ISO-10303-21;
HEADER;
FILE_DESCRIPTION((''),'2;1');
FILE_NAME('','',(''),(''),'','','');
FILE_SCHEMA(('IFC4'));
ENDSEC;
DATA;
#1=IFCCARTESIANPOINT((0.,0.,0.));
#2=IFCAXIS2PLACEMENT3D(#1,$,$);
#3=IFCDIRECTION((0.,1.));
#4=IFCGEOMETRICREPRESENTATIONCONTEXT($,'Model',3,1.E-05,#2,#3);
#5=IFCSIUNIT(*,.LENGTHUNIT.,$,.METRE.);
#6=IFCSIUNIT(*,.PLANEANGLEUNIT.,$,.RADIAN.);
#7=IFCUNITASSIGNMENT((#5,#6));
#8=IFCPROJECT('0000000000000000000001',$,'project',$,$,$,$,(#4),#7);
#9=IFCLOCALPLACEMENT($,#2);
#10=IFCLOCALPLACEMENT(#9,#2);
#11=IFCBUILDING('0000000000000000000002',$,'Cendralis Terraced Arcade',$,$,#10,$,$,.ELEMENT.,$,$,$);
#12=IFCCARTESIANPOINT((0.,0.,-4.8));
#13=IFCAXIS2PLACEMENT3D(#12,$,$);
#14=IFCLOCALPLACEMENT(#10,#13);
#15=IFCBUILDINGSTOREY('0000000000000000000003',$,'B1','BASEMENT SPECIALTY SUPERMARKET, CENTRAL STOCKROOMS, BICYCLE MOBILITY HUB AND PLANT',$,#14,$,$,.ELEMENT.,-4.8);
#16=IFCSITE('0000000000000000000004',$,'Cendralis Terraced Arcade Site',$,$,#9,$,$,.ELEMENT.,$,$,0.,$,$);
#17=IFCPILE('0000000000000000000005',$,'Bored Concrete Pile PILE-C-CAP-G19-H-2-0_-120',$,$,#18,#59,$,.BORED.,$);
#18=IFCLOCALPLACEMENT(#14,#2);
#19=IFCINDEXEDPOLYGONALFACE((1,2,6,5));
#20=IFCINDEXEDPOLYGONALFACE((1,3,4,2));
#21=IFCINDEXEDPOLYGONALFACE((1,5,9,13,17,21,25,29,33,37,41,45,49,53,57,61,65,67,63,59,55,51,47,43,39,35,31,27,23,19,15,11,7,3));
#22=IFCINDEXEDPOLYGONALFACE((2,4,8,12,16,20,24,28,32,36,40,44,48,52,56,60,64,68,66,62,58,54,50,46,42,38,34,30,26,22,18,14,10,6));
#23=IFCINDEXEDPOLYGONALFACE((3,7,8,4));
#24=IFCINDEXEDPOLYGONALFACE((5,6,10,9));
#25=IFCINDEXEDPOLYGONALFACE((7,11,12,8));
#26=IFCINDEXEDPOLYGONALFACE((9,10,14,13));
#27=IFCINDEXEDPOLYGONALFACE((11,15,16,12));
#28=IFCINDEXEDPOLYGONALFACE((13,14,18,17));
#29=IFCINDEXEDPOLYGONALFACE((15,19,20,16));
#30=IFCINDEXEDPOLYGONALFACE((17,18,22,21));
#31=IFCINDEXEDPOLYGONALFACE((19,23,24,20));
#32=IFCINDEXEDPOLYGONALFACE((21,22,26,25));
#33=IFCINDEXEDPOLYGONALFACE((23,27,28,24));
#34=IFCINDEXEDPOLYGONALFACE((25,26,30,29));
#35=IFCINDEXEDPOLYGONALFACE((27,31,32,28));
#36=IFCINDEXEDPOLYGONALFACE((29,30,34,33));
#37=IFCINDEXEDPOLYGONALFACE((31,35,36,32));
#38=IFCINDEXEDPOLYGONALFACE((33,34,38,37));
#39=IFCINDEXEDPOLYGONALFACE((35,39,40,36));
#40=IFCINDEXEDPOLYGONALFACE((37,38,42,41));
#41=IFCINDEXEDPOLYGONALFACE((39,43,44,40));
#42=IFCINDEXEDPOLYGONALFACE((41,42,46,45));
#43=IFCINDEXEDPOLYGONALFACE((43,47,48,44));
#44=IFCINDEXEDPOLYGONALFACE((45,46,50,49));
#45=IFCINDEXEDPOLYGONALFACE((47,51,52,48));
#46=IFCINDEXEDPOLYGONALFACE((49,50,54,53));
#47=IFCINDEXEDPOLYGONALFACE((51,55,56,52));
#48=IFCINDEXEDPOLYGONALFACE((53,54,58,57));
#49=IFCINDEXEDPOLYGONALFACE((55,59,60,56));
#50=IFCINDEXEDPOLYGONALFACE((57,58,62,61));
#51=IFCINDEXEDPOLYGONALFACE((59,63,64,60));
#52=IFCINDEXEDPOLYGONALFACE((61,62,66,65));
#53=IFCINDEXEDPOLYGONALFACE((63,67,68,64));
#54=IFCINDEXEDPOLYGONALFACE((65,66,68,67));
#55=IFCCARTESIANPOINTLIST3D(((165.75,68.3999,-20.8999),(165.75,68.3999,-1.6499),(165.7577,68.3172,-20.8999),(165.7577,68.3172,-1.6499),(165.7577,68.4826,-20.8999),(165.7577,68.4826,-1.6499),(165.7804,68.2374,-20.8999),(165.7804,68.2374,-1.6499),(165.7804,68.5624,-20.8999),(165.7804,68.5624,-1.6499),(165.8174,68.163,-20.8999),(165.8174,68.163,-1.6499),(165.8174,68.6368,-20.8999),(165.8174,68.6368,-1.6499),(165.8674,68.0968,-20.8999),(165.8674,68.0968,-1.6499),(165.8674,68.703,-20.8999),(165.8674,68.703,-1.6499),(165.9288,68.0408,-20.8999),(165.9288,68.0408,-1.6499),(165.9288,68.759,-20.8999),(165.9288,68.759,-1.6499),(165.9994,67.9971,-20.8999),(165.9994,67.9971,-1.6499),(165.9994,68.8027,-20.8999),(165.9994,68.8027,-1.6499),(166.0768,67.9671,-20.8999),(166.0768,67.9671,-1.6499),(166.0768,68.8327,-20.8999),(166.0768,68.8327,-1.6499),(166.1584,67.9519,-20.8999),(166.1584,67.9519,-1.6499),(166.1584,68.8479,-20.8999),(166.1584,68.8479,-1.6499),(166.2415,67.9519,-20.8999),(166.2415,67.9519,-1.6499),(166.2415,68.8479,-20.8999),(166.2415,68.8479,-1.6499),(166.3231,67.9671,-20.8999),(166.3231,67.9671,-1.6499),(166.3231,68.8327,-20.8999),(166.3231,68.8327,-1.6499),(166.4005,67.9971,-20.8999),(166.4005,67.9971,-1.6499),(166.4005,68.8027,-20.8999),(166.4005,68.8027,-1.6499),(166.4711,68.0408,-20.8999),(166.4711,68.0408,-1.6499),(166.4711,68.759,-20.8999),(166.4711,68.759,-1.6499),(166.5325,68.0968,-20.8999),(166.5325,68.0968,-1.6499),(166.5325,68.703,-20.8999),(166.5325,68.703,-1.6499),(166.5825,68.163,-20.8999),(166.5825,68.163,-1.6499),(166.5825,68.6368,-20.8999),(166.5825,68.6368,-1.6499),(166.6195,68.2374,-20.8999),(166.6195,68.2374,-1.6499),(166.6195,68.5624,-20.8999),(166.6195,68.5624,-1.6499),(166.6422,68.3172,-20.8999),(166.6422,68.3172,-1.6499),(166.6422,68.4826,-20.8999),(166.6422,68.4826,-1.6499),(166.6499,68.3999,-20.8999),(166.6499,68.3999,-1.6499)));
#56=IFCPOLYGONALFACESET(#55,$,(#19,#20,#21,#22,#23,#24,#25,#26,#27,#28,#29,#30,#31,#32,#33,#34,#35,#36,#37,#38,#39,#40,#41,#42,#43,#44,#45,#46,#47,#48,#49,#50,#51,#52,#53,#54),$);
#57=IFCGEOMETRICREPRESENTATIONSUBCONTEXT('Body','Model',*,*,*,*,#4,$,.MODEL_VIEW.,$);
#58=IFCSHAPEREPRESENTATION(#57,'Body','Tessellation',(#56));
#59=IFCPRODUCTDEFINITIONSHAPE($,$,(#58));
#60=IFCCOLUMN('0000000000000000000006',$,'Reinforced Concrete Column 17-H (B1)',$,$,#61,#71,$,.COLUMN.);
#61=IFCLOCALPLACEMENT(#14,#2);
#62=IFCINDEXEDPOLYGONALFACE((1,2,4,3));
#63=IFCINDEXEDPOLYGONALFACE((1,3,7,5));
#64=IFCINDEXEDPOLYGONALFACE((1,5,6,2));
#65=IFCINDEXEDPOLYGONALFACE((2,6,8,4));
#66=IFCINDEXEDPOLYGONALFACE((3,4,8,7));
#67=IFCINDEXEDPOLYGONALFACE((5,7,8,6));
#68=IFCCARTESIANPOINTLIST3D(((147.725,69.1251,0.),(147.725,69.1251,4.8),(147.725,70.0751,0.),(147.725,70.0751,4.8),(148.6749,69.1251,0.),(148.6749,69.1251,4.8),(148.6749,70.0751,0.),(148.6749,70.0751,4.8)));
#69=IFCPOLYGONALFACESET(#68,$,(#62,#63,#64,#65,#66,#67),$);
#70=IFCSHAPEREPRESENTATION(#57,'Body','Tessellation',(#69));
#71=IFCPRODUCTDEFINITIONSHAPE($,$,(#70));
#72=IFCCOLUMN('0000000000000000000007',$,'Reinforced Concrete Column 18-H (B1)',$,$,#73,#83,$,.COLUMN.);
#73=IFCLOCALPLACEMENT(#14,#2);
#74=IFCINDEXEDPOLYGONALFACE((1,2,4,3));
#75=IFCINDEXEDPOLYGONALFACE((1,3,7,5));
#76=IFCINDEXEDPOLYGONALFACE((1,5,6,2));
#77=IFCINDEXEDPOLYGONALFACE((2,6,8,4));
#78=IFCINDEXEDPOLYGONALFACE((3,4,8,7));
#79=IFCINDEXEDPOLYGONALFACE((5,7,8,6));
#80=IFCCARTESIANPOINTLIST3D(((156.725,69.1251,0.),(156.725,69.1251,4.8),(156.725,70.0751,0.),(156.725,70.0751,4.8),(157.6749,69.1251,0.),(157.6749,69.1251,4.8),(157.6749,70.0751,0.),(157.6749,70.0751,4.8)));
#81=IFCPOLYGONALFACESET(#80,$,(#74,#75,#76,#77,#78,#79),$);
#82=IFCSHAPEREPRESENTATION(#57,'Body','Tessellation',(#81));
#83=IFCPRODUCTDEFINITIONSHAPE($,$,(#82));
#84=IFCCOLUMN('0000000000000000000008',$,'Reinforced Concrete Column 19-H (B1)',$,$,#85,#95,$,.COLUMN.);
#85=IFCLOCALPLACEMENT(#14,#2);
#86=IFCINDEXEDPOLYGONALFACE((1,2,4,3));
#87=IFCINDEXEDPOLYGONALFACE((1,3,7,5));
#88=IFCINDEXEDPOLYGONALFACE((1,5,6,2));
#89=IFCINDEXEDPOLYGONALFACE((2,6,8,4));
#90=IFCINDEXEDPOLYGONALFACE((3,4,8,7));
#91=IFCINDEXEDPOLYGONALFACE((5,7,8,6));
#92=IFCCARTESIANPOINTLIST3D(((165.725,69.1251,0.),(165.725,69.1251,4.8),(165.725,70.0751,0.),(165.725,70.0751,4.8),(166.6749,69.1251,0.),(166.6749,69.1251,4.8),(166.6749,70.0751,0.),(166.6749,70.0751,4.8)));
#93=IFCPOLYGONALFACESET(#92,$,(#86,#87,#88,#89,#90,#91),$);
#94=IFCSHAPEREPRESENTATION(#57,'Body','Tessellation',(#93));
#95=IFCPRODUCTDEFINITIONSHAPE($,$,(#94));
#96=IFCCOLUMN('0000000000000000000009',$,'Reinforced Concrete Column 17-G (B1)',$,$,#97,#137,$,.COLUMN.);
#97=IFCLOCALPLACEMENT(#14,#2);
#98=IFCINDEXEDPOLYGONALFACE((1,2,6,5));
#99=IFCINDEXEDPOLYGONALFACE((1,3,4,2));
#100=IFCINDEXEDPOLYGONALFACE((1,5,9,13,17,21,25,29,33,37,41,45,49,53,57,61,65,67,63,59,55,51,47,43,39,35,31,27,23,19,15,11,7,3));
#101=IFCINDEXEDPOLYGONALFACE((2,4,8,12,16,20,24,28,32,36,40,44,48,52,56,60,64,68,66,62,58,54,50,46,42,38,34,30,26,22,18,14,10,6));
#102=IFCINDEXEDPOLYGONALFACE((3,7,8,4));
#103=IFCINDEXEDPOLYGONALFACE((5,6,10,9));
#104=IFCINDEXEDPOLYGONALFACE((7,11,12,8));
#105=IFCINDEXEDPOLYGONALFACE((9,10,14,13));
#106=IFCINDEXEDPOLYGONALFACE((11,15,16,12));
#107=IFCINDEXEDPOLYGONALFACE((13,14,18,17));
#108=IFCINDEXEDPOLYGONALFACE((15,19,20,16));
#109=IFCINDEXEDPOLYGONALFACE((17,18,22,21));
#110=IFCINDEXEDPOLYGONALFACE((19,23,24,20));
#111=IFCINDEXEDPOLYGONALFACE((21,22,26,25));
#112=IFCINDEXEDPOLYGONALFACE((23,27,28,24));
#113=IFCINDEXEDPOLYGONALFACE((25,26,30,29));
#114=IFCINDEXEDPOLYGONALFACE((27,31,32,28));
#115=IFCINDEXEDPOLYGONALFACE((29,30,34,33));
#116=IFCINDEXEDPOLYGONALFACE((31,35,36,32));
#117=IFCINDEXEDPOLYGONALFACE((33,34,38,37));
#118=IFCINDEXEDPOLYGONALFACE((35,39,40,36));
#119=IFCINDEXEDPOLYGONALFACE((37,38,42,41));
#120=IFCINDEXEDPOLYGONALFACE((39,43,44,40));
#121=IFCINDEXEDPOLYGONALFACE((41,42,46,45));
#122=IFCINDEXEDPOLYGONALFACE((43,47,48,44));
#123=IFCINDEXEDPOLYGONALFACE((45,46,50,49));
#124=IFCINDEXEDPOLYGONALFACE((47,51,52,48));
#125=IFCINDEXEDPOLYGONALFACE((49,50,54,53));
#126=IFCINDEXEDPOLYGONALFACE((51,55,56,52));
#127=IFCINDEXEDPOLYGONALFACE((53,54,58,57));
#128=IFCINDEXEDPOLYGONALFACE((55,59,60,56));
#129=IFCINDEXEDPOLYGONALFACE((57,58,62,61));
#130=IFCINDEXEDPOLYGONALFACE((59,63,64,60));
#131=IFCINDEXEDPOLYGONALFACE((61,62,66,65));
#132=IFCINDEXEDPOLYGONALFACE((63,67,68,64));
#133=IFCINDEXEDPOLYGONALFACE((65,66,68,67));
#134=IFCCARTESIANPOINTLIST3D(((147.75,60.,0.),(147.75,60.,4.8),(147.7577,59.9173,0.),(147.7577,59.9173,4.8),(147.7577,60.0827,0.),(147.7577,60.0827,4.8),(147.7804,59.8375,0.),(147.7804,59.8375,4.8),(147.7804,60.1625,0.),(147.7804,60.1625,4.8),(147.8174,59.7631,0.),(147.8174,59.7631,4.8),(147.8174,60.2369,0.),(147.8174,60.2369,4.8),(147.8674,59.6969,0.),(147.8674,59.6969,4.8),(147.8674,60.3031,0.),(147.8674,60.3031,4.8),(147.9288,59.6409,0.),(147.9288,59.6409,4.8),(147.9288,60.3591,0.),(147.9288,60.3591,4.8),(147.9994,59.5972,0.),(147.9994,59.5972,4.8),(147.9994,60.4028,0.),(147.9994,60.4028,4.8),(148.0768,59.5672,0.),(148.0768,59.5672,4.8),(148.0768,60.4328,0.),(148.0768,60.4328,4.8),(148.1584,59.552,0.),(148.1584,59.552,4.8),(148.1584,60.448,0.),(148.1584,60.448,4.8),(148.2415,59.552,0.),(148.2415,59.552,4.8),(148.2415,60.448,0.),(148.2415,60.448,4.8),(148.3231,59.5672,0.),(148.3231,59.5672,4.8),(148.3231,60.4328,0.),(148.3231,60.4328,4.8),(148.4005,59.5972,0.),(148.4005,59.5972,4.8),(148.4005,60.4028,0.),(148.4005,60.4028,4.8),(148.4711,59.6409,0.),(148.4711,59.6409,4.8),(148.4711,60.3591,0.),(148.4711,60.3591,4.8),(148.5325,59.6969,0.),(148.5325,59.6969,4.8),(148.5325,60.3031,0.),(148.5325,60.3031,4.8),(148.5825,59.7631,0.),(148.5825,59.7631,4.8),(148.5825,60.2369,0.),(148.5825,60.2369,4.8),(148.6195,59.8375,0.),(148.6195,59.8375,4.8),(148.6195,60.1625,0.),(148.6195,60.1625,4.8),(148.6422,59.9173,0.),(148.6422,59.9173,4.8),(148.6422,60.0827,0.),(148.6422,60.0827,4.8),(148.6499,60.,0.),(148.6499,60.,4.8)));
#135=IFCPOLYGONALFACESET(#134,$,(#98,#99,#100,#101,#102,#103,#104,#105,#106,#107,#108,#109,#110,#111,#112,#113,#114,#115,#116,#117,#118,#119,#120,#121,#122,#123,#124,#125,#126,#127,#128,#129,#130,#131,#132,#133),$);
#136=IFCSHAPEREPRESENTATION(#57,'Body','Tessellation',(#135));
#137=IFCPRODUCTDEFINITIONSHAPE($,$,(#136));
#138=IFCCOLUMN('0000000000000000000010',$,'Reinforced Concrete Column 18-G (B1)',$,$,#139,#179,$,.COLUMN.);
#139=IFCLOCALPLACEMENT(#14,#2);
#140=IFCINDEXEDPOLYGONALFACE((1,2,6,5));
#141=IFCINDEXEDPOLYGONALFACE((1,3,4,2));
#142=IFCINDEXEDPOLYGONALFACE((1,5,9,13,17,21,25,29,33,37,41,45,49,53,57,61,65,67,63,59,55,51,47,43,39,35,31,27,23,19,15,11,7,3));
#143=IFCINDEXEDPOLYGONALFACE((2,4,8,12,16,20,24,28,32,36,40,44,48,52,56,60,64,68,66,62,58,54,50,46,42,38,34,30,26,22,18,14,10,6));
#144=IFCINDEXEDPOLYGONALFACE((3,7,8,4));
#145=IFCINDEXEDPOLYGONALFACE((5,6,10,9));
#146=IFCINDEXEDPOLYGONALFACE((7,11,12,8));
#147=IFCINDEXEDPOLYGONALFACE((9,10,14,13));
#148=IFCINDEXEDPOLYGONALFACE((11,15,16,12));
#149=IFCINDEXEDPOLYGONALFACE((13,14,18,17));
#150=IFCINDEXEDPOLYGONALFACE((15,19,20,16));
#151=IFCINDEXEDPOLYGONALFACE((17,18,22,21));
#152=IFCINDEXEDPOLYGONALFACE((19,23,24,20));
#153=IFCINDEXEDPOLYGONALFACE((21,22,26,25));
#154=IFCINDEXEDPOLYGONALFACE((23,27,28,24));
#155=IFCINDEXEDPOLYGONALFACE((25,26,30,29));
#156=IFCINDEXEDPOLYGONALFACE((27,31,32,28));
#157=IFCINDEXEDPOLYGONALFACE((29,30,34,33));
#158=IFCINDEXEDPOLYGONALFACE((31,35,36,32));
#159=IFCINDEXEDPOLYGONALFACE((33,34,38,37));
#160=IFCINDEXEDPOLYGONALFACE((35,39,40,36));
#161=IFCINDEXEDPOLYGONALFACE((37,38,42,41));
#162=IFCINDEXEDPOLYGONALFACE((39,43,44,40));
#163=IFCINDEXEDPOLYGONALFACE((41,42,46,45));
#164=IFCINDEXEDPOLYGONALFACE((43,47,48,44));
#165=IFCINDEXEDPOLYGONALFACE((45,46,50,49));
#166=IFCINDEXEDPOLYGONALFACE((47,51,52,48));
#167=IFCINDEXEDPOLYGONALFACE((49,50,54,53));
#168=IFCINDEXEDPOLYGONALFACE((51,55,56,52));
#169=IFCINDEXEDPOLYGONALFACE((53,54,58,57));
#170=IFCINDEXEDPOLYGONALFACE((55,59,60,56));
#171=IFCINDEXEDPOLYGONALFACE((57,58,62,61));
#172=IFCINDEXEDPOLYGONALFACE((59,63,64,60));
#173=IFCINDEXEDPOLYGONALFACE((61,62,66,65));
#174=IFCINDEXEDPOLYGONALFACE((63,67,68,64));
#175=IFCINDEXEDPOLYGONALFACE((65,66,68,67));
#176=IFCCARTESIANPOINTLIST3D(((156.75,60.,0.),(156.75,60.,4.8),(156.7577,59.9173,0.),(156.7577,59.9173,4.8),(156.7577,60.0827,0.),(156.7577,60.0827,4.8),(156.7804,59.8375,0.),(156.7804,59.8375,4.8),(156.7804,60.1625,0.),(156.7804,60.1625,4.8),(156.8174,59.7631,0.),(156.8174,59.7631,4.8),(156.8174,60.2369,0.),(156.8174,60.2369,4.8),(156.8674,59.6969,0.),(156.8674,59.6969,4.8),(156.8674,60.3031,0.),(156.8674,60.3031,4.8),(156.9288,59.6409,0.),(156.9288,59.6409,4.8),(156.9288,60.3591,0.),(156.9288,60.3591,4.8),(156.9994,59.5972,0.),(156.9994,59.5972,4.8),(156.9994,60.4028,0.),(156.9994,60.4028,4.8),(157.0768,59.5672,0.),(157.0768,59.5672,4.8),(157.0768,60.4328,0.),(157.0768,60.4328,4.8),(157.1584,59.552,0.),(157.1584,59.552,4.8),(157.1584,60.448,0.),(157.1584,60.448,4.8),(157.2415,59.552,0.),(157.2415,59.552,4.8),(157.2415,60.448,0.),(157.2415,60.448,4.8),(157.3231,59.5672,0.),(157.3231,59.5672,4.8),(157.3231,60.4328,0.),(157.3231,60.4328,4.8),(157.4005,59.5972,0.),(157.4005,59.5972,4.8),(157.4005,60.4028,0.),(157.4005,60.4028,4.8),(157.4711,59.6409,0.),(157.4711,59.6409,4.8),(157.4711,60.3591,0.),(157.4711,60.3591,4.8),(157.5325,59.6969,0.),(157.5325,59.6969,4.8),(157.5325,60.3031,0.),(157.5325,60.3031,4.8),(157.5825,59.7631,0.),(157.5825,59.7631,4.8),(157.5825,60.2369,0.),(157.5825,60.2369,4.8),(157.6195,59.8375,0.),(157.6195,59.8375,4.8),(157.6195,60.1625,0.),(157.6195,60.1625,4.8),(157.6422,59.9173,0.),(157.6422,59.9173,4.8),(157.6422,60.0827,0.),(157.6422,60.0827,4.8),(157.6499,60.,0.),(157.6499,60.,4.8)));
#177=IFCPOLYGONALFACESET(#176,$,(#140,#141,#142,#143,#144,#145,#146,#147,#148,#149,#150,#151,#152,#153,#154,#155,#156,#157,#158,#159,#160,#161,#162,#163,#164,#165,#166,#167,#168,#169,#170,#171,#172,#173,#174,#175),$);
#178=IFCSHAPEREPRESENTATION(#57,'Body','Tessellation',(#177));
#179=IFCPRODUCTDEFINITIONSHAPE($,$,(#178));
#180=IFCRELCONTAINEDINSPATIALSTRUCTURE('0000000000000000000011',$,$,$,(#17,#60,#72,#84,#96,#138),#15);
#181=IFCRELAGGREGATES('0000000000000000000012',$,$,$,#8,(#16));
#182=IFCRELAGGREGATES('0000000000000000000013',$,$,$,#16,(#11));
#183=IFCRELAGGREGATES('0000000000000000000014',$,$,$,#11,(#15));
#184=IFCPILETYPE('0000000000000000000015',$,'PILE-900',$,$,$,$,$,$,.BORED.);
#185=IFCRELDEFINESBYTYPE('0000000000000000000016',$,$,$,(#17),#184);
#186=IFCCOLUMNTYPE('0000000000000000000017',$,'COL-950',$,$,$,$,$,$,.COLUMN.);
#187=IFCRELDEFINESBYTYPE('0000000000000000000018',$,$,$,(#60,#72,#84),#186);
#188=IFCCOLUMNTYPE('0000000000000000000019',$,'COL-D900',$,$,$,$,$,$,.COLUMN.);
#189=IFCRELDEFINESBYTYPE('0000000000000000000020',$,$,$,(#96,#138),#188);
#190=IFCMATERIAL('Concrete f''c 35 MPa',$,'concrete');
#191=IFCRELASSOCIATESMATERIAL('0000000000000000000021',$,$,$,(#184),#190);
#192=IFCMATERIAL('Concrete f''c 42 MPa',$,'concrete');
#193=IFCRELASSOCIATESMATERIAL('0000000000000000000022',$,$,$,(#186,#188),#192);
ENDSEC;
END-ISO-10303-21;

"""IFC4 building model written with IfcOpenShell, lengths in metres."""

from ifc_helpers import new_model, si_unit, direction, frame, origin, origin_2d, place, context, subcontext, project, spatial, rectangle, circle, extrude, material, material_profile, profile_set, type_object, element, save


model = new_model("IFC4")

# Units and contexts
model_context = context("Model", 3, precision=1e-05, world=origin(), true_north=direction((0.0, 1.0)))
body_context = subcontext(model_context, "Body", "Model", "MODEL_VIEW")
ifc_project = project(units=[si_unit("LENGTHUNIT", "METRE"), si_unit("PLANEANGLEUNIT", "RADIAN")], contexts=[model_context])

# Site, building, storey
site_placement = place(None, origin())
site = spatial("IfcSite", under=ifc_project, at=site_placement, Name="Cendralis Terraced Arcade Site", CompositionType="ELEMENT", RefElevation=0.0)
building_placement = place(site_placement, origin())
building = spatial("IfcBuilding", under=site, at=building_placement, Name="Cendralis Terraced Arcade", CompositionType="ELEMENT")
storey_placement = place(building_placement, frame((0.0, 0.0, -4.8)))
storey = spatial("IfcBuildingStorey", under=building, at=storey_placement, Name="B1", Description="BASEMENT SPECIALTY SUPERMARKET, CENTRAL STOCKROOMS, BICYCLE MOBILITY HUB AND PLANT", CompositionType="ELEMENT", Elevation=-4.8)

# Shared definitions
ifc_material_1 = material(Name="Concrete f'c 35 MPa", Category="concrete")

# Pile
ifc_material_profile_1 = material_profile(ifc_material_1, circle(Radius=0.45, at=origin_2d()), Name="PILE-D900", Category="LoadBearing")
ifc_profile_set_1 = profile_set([ifc_material_profile_1], Name="Concrete f'c 35 MPa")
pile_type_1 = type_object("IfcPileType", Name="PILE-900", PredefinedType="BORED", material=ifc_profile_set_1)
for number, where, z_axis, x_axis, name in (
    (1, (166.2, 68.3999, -1.6499), (0.0, 0.0, -1.0), (1.0, 0.0, 0.0), "Bored Concrete Pile PILE-C-CAP-G19-H-2-0_-120"),
):
    element("IfcPile", number, at=place(storey_placement, frame(where, z_axis=z_axis, x_axis=x_axis)), inside=storey, type_object=pile_type_1, Name=name, PredefinedType="BORED", context=body_context, shape_type="SweptSolid", body=[
        extrude(circle(Radius=0.45, at=origin_2d()), origin(), (0.0, 0.0, 1.0), 19.25),
    ])

# Columns
ifc_material_2 = material(Name="Concrete f'c 42 MPa", Category="concrete")
ifc_material_profile_2 = material_profile(ifc_material_2, rectangle(XDim=0.95, YDim=0.95, at=origin_2d()), Name="RC-COL-950x950", Category="LoadBearing")
ifc_profile_set_2 = profile_set([ifc_material_profile_2], Name="Concrete f'c 42 MPa")
column_type_1 = type_object("IfcColumnType", Name="COL-950", PredefinedType="COLUMN", material=ifc_profile_set_2)
for number, where, z_axis, x_axis, name in (
    (2, (148.2, 69.6001, 0.0), (0.0, 0.0, 1.0), (1.0, 0.0, 0.0), "Reinforced Concrete Column 17-H (B1)"),
    (3, (157.2, 69.6001, 0.0), (0.0, 0.0, 1.0), (1.0, 0.0, 0.0), "Reinforced Concrete Column 18-H (B1)"),
    (4, (166.2, 69.6001, 0.0), (0.0, 0.0, 1.0), (1.0, 0.0, 0.0), "Reinforced Concrete Column 19-H (B1)"),
):
    element("IfcColumn", number, at=place(storey_placement, frame(where, z_axis=z_axis, x_axis=x_axis)), inside=storey, type_object=column_type_1, Name=name, PredefinedType="COLUMN", context=body_context, shape_type="SweptSolid", body=[
        extrude(rectangle(XDim=0.95, YDim=0.95, at=origin_2d()), origin(), (0.0, 0.0, 1.0), 4.8),
    ])
ifc_material_profile_3 = material_profile(ifc_material_2, circle(Radius=0.45, at=origin_2d()), Name="RC-COL-D900", Category="LoadBearing")
ifc_profile_set_3 = profile_set([ifc_material_profile_3], Name="Concrete f'c 42 MPa")
column_type_2 = type_object("IfcColumnType", Name="COL-D900", PredefinedType="COLUMN", material=ifc_profile_set_3)
for number, where, z_axis, x_axis, name in (
    (5, (148.2, 60.0, 0.0), (0.0, 0.0, 1.0), (1.0, 0.0, 0.0), "Reinforced Concrete Column 17-G (B1)"),
    (6, (157.2, 60.0, 0.0), (0.0, 0.0, 1.0), (1.0, 0.0, 0.0), "Reinforced Concrete Column 18-G (B1)"),
):
    element("IfcColumn", number, at=place(storey_placement, frame(where, z_axis=z_axis, x_axis=x_axis)), inside=storey, type_object=column_type_2, Name=name, PredefinedType="COLUMN", context=body_context, shape_type="SweptSolid", body=[
        extrude(circle(Radius=0.45, at=origin_2d()), origin(), (0.0, 0.0, 1.0), 4.8),
    ])

save(model, "model.ifc")
